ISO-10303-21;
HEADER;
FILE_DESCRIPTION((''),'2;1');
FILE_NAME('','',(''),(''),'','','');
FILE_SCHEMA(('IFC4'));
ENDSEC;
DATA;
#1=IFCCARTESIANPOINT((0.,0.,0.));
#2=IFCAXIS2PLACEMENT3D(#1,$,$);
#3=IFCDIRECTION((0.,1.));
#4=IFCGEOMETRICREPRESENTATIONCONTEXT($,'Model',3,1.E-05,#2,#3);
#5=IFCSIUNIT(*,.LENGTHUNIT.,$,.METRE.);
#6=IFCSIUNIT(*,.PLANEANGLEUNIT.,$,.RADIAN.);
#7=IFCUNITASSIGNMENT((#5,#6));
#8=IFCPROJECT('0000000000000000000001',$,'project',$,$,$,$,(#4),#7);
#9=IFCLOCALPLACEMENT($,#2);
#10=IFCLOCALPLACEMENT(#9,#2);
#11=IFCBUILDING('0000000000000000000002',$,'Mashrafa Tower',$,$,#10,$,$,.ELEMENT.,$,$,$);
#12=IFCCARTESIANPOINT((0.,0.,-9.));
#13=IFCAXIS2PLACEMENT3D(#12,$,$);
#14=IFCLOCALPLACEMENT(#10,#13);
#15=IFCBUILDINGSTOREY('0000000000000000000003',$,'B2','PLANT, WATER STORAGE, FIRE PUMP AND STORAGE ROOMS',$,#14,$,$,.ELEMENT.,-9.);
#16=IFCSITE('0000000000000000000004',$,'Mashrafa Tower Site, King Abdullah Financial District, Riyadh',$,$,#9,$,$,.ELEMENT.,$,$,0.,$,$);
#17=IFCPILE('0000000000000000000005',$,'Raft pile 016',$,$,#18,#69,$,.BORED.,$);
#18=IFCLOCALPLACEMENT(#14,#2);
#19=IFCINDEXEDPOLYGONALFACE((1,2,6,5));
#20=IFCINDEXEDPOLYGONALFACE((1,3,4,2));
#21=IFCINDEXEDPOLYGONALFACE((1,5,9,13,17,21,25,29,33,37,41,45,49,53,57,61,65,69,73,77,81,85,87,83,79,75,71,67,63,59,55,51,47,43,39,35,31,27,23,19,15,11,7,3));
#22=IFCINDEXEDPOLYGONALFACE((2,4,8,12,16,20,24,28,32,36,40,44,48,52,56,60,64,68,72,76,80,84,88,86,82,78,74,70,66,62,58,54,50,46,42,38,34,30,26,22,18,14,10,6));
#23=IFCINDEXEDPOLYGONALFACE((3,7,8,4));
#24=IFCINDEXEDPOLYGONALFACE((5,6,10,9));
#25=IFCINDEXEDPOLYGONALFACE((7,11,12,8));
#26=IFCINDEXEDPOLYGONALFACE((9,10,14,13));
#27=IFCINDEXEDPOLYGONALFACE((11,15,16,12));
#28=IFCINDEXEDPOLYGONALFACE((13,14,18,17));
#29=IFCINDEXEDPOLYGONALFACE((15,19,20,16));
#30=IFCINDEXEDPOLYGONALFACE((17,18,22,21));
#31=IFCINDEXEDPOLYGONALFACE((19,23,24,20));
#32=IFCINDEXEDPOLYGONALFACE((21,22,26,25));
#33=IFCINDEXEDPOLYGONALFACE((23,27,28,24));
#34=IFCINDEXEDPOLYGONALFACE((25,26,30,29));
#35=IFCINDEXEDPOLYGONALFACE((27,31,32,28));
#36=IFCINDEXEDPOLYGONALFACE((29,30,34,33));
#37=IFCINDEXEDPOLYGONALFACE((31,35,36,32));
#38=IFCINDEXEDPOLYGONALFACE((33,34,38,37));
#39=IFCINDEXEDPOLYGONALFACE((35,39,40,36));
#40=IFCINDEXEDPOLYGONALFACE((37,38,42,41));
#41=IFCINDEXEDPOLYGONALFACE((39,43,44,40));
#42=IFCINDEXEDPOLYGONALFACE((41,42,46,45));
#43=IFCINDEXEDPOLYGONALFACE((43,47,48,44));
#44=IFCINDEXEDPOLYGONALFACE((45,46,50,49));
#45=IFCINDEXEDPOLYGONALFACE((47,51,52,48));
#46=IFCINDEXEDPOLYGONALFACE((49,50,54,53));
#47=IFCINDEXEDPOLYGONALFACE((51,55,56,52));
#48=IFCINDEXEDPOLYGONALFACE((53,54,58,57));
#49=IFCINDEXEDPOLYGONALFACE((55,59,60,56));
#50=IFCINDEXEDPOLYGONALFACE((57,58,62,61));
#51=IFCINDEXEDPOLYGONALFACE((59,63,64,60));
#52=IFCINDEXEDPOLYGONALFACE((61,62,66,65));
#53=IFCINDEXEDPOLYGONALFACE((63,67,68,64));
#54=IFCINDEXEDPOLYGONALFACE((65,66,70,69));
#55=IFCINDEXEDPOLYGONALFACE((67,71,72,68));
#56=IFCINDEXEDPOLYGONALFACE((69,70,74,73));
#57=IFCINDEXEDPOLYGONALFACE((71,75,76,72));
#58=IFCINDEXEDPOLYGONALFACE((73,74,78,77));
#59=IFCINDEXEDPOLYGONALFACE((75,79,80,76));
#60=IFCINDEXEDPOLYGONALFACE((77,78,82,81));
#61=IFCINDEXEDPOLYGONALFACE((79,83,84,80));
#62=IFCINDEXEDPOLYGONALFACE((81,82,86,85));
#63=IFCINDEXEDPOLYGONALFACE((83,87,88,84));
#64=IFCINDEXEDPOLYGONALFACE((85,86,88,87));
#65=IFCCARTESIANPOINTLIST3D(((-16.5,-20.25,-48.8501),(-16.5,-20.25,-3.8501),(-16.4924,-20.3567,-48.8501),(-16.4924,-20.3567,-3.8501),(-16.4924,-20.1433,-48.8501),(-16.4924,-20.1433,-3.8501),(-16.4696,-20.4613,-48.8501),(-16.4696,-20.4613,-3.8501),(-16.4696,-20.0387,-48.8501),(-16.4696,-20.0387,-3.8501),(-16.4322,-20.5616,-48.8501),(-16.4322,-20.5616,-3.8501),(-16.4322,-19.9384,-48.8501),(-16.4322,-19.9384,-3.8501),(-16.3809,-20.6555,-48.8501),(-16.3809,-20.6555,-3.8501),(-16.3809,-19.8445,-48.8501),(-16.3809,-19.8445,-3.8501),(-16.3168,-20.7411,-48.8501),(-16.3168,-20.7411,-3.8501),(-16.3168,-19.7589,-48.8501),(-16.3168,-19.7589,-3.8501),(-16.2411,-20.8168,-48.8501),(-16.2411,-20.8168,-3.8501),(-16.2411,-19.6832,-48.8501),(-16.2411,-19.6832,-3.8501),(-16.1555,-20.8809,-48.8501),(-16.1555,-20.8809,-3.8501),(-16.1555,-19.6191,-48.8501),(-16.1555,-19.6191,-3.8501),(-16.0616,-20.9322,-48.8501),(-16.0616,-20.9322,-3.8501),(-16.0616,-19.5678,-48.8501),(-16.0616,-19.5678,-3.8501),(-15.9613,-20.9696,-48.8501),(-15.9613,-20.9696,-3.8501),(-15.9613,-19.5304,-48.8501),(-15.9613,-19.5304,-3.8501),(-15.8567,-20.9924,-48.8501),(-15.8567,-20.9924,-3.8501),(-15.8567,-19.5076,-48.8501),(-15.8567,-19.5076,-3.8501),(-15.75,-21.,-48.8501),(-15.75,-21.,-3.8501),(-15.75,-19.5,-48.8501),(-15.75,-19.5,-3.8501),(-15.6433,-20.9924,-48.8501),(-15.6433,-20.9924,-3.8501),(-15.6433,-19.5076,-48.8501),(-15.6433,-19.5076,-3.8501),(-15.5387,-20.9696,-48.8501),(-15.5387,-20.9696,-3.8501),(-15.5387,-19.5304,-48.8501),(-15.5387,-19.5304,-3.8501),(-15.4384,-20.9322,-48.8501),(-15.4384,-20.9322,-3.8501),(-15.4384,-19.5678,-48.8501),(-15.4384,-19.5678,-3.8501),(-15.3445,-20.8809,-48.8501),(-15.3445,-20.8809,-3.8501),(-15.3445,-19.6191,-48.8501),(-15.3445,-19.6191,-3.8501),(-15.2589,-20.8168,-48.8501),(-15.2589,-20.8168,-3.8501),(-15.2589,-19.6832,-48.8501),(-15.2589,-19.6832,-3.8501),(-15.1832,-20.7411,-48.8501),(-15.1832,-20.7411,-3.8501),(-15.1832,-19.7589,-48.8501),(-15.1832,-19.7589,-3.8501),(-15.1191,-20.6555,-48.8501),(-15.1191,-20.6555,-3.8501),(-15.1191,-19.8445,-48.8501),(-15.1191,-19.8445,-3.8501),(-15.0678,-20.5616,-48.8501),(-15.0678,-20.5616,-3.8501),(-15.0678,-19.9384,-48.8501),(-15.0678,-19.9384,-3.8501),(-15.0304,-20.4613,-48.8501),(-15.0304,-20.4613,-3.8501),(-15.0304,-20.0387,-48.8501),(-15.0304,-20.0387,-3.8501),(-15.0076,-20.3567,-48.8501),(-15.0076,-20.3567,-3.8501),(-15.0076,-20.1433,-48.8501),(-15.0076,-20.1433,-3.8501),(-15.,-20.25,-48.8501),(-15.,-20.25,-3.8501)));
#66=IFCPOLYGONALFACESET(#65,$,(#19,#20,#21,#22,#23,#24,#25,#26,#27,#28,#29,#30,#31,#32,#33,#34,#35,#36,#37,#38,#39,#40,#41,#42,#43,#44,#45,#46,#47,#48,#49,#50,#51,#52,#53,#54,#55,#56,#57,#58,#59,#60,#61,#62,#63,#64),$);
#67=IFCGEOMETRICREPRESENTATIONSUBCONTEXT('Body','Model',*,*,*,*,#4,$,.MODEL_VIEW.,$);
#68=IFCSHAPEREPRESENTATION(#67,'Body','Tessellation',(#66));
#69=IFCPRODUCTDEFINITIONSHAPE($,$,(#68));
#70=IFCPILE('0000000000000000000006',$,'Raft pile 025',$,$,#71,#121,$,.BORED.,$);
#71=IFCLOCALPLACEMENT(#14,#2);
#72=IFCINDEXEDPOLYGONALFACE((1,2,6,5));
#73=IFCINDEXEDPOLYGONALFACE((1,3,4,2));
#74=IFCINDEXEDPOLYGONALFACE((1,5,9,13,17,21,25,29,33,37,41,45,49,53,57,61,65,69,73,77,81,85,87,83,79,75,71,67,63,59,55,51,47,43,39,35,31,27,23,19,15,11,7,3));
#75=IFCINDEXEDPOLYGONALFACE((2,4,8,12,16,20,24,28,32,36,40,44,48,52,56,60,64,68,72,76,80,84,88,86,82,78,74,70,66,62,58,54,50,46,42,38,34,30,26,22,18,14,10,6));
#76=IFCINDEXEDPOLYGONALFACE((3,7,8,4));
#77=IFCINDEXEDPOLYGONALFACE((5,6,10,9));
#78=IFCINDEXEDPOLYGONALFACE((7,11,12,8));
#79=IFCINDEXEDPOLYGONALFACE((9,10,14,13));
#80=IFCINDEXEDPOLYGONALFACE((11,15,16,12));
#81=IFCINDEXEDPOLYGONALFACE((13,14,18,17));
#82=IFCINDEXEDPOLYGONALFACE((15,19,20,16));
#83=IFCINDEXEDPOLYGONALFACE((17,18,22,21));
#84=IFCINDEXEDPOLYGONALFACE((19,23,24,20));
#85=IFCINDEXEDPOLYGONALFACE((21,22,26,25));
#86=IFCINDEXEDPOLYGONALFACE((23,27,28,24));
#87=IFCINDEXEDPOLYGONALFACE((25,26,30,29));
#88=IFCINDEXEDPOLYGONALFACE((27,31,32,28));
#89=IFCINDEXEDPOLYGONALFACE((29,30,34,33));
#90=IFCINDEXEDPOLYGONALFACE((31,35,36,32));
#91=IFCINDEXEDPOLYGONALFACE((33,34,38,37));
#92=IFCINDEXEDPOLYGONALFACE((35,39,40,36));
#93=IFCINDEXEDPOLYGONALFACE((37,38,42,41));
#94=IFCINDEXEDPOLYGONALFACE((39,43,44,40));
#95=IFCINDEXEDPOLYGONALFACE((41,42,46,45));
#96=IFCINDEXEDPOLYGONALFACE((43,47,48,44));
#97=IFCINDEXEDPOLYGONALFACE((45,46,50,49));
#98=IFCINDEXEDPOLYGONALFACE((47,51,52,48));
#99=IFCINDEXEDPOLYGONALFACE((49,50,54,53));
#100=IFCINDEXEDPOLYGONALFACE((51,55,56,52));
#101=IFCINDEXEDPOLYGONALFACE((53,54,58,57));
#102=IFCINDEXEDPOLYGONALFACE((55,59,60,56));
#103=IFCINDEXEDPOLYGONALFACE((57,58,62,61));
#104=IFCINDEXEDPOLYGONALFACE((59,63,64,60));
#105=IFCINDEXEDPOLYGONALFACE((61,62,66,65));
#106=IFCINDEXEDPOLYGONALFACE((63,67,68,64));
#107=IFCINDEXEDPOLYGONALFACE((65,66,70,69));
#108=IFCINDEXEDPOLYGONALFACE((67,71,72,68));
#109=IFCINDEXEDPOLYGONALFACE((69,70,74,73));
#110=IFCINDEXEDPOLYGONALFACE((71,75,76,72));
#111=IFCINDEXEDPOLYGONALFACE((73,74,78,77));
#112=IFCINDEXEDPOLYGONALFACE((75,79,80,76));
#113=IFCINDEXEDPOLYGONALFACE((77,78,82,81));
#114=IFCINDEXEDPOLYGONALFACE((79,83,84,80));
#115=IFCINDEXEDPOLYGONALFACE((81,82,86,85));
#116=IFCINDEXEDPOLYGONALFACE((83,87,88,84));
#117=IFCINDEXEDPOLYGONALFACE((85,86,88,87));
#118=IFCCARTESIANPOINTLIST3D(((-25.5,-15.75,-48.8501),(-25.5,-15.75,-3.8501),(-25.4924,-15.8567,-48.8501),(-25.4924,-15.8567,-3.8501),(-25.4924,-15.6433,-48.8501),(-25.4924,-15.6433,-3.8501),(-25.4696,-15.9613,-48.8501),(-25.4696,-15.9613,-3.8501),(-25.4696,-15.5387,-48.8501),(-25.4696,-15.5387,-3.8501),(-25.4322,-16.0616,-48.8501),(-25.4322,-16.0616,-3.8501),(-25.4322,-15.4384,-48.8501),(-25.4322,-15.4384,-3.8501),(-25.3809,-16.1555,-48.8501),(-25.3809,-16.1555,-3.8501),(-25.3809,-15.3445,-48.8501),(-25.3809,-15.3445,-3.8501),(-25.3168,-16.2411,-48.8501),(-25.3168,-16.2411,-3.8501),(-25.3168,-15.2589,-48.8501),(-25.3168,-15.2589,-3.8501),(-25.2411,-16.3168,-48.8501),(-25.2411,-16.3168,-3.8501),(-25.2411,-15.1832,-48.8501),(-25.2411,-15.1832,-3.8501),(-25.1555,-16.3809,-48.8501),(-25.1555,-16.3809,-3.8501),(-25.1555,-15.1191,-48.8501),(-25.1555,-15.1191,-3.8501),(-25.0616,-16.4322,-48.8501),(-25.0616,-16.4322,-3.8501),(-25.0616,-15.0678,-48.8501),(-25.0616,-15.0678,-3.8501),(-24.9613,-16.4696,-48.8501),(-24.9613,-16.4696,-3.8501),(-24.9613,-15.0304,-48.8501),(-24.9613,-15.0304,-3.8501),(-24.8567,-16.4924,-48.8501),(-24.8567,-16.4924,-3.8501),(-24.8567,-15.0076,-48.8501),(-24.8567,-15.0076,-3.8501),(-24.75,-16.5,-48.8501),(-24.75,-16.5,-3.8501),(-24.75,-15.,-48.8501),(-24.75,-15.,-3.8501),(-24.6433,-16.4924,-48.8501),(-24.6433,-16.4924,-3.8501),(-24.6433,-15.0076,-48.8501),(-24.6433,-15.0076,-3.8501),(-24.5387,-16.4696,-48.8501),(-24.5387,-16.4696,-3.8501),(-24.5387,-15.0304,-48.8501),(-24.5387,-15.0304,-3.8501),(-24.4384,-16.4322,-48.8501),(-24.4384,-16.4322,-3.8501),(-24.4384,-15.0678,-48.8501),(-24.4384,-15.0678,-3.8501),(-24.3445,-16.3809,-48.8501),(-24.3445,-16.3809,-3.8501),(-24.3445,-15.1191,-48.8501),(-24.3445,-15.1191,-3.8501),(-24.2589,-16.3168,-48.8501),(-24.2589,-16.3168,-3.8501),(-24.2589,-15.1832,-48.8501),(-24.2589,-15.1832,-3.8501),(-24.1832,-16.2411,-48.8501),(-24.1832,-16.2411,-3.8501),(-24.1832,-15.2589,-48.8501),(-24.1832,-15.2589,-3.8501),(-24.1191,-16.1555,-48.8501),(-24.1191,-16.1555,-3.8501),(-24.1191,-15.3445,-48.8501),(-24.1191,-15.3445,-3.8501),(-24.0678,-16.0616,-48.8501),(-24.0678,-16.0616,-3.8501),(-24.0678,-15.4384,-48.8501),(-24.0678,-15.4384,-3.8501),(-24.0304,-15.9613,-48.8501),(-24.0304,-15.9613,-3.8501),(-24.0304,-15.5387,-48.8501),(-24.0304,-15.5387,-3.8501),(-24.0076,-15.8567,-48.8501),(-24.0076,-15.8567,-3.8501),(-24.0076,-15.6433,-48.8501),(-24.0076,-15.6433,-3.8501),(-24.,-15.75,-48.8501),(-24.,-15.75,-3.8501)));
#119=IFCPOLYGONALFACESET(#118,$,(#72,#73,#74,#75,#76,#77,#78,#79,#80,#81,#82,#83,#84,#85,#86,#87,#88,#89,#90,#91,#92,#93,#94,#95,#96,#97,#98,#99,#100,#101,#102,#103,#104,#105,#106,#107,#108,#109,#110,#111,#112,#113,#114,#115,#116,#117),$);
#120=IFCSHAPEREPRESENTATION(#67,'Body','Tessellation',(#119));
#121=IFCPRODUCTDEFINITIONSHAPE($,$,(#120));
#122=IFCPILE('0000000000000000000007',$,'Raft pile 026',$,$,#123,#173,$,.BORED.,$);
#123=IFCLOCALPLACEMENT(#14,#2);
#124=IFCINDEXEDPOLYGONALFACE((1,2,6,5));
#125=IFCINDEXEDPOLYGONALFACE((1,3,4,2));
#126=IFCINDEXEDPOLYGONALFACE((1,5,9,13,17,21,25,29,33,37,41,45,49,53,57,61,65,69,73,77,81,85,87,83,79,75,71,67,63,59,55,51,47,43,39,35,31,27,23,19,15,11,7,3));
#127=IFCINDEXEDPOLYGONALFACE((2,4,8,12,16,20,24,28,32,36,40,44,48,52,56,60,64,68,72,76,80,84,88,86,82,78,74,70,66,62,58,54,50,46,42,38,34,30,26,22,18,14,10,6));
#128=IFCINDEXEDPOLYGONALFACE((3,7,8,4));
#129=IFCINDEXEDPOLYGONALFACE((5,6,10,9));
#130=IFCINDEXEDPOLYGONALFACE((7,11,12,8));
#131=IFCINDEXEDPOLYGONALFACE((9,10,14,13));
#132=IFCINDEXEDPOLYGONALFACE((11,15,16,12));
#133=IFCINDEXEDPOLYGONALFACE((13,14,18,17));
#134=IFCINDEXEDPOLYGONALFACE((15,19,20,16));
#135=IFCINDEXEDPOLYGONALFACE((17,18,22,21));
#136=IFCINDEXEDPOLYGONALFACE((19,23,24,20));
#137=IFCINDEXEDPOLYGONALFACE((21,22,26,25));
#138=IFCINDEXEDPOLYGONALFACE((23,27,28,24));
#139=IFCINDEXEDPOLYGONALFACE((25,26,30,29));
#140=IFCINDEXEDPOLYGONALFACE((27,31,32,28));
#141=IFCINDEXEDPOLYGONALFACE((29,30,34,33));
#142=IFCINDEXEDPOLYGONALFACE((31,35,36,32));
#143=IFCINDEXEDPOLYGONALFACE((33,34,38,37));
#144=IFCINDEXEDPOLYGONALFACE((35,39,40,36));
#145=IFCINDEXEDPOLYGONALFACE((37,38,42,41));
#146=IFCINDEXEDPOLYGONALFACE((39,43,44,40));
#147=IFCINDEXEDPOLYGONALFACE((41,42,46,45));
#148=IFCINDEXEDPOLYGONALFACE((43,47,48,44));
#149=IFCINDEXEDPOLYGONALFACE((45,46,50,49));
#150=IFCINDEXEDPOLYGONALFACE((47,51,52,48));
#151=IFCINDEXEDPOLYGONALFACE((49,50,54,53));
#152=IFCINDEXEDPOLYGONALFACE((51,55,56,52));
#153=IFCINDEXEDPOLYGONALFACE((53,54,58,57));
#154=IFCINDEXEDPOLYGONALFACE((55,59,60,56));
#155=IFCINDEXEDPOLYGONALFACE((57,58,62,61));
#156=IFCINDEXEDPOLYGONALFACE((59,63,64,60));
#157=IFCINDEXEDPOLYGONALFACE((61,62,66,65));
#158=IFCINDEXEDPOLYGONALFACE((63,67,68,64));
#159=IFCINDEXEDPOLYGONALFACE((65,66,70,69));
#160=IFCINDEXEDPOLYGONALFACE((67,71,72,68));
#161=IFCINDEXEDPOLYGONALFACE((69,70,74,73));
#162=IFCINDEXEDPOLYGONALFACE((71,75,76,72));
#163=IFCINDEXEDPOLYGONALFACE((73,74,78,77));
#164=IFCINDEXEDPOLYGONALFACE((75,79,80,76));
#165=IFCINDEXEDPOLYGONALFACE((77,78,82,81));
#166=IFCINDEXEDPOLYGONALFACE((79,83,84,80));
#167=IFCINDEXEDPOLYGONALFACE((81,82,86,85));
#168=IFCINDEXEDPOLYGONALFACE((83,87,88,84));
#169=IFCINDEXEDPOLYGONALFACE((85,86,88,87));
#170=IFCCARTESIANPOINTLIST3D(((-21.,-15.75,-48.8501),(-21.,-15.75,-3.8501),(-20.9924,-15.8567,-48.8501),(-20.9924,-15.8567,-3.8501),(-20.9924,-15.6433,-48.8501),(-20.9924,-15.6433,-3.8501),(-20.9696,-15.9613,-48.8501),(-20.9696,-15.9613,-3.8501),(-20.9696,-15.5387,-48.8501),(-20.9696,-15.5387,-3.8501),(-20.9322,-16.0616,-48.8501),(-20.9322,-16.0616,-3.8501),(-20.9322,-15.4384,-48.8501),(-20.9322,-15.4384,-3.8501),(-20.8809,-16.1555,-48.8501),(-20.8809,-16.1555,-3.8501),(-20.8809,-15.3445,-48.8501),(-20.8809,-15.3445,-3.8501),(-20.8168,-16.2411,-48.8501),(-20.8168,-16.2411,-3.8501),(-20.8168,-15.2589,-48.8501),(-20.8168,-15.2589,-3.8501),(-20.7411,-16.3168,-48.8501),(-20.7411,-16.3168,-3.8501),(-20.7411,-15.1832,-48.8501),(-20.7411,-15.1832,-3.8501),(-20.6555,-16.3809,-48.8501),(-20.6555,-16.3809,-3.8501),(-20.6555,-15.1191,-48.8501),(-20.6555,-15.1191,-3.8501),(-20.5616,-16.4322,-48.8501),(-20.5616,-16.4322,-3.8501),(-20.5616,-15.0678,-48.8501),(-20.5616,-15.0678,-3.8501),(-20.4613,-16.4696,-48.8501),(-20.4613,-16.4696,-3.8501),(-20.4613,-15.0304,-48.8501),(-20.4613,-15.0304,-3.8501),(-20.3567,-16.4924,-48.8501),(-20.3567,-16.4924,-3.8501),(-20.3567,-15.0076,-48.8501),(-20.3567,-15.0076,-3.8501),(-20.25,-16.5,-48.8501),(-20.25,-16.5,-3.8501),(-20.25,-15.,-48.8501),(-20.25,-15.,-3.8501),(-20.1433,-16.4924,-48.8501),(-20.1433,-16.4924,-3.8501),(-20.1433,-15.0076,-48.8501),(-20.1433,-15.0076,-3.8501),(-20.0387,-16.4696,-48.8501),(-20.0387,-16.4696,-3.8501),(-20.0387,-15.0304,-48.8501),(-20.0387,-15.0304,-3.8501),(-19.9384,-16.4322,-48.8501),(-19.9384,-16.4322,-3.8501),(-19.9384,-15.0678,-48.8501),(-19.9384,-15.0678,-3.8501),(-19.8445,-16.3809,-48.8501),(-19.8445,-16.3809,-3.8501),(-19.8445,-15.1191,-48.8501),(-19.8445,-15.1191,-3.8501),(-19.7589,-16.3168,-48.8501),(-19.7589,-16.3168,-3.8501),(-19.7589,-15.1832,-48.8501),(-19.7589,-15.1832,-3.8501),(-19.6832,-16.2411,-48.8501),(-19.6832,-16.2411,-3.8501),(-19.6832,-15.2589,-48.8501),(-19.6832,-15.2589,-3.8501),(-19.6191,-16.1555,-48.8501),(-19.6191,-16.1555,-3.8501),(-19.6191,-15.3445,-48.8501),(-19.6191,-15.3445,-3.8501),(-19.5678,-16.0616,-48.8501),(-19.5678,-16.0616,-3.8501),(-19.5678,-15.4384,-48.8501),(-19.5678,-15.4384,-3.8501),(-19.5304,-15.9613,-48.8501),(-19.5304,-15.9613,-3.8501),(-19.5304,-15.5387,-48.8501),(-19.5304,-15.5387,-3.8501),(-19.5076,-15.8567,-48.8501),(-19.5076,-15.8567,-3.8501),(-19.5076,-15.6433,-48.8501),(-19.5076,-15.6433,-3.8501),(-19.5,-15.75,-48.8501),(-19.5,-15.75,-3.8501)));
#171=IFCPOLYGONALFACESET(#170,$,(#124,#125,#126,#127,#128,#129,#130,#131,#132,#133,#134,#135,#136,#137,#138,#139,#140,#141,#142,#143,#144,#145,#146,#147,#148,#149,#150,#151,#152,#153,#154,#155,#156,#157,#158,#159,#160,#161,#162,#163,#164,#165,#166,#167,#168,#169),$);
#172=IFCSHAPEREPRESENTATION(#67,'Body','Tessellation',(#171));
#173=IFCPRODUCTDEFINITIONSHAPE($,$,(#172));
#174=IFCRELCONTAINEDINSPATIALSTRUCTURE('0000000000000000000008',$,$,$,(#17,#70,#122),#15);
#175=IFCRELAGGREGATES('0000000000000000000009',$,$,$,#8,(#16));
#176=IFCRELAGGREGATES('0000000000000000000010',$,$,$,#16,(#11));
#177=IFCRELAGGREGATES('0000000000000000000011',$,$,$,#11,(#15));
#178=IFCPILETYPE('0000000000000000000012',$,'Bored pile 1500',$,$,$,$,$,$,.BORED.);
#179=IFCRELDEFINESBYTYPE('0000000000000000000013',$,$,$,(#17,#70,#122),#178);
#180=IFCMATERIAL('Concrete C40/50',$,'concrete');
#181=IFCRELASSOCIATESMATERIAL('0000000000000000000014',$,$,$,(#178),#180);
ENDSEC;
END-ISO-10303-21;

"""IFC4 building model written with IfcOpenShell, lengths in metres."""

from ifc_helpers import new_model, si_unit, direction, frame, origin, origin_2d, place, context, subcontext, project, spatial, circle, extrude, material, material_profile, profile_set, type_object, element, save


model = new_model("IFC4")

# Units and contexts
model_context = context("Model", 3, precision=1e-05, world=origin(), true_north=direction((0.0, 1.0)))
body_context = subcontext(model_context, "Body", "Model", "MODEL_VIEW")
ifc_project = project(units=[si_unit("LENGTHUNIT", "METRE"), si_unit("PLANEANGLEUNIT", "RADIAN")], contexts=[model_context])

# Site, building, storey
site_placement = place(None, origin())
site = spatial("IfcSite", under=ifc_project, at=site_placement, Name="Mashrafa Tower Site, King Abdullah Financial District, Riyadh", CompositionType="ELEMENT", RefElevation=0.0)
building_placement = place(site_placement, origin())
building = spatial("IfcBuilding", under=site, at=building_placement, Name="Mashrafa Tower", CompositionType="ELEMENT")
storey_placement = place(building_placement, frame((0.0, 0.0, -9.0)))
storey = spatial("IfcBuildingStorey", under=building, at=storey_placement, Name="B2", Description="PLANT, WATER STORAGE, FIRE PUMP AND STORAGE ROOMS", CompositionType="ELEMENT", Elevation=-9.0)

# Piles
ifc_material_1 = material(Name="Concrete C40/50", Category="concrete")
ifc_material_profile_1 = material_profile(ifc_material_1, circle(Radius=0.75, at=origin_2d()), Name="1500 DIA")
ifc_profile_set_1 = profile_set([ifc_material_profile_1], Name="Concrete C40/50")
pile_type_1 = type_object("IfcPileType", Name="Bored pile 1500", PredefinedType="BORED", material=ifc_profile_set_1)
for number, where, z_axis, x_axis, name in (
    (1, (-15.75, -20.25, -3.8501), (0.0, 0.0, -1.0), (1.0, 0.0, 0.0), "Raft pile 016"),
    (2, (-24.75, -15.75, -3.8501), (0.0, 0.0, -1.0), (1.0, 0.0, 0.0), "Raft pile 025"),
    (3, (-20.25, -15.75, -3.8501), (0.0, 0.0, -1.0), (1.0, 0.0, 0.0), "Raft pile 026"),
):
    element("IfcPile", number, at=place(storey_placement, frame(where, z_axis=z_axis, x_axis=x_axis)), inside=storey, type_object=pile_type_1, Name=name, PredefinedType="BORED", context=body_context, shape_type="SweptSolid", body=[
        extrude(circle(Radius=0.75, at=origin_2d()), origin(), (0.0, 0.0, 1.0), 45.0),
    ])

save(model, "model.ifc")
